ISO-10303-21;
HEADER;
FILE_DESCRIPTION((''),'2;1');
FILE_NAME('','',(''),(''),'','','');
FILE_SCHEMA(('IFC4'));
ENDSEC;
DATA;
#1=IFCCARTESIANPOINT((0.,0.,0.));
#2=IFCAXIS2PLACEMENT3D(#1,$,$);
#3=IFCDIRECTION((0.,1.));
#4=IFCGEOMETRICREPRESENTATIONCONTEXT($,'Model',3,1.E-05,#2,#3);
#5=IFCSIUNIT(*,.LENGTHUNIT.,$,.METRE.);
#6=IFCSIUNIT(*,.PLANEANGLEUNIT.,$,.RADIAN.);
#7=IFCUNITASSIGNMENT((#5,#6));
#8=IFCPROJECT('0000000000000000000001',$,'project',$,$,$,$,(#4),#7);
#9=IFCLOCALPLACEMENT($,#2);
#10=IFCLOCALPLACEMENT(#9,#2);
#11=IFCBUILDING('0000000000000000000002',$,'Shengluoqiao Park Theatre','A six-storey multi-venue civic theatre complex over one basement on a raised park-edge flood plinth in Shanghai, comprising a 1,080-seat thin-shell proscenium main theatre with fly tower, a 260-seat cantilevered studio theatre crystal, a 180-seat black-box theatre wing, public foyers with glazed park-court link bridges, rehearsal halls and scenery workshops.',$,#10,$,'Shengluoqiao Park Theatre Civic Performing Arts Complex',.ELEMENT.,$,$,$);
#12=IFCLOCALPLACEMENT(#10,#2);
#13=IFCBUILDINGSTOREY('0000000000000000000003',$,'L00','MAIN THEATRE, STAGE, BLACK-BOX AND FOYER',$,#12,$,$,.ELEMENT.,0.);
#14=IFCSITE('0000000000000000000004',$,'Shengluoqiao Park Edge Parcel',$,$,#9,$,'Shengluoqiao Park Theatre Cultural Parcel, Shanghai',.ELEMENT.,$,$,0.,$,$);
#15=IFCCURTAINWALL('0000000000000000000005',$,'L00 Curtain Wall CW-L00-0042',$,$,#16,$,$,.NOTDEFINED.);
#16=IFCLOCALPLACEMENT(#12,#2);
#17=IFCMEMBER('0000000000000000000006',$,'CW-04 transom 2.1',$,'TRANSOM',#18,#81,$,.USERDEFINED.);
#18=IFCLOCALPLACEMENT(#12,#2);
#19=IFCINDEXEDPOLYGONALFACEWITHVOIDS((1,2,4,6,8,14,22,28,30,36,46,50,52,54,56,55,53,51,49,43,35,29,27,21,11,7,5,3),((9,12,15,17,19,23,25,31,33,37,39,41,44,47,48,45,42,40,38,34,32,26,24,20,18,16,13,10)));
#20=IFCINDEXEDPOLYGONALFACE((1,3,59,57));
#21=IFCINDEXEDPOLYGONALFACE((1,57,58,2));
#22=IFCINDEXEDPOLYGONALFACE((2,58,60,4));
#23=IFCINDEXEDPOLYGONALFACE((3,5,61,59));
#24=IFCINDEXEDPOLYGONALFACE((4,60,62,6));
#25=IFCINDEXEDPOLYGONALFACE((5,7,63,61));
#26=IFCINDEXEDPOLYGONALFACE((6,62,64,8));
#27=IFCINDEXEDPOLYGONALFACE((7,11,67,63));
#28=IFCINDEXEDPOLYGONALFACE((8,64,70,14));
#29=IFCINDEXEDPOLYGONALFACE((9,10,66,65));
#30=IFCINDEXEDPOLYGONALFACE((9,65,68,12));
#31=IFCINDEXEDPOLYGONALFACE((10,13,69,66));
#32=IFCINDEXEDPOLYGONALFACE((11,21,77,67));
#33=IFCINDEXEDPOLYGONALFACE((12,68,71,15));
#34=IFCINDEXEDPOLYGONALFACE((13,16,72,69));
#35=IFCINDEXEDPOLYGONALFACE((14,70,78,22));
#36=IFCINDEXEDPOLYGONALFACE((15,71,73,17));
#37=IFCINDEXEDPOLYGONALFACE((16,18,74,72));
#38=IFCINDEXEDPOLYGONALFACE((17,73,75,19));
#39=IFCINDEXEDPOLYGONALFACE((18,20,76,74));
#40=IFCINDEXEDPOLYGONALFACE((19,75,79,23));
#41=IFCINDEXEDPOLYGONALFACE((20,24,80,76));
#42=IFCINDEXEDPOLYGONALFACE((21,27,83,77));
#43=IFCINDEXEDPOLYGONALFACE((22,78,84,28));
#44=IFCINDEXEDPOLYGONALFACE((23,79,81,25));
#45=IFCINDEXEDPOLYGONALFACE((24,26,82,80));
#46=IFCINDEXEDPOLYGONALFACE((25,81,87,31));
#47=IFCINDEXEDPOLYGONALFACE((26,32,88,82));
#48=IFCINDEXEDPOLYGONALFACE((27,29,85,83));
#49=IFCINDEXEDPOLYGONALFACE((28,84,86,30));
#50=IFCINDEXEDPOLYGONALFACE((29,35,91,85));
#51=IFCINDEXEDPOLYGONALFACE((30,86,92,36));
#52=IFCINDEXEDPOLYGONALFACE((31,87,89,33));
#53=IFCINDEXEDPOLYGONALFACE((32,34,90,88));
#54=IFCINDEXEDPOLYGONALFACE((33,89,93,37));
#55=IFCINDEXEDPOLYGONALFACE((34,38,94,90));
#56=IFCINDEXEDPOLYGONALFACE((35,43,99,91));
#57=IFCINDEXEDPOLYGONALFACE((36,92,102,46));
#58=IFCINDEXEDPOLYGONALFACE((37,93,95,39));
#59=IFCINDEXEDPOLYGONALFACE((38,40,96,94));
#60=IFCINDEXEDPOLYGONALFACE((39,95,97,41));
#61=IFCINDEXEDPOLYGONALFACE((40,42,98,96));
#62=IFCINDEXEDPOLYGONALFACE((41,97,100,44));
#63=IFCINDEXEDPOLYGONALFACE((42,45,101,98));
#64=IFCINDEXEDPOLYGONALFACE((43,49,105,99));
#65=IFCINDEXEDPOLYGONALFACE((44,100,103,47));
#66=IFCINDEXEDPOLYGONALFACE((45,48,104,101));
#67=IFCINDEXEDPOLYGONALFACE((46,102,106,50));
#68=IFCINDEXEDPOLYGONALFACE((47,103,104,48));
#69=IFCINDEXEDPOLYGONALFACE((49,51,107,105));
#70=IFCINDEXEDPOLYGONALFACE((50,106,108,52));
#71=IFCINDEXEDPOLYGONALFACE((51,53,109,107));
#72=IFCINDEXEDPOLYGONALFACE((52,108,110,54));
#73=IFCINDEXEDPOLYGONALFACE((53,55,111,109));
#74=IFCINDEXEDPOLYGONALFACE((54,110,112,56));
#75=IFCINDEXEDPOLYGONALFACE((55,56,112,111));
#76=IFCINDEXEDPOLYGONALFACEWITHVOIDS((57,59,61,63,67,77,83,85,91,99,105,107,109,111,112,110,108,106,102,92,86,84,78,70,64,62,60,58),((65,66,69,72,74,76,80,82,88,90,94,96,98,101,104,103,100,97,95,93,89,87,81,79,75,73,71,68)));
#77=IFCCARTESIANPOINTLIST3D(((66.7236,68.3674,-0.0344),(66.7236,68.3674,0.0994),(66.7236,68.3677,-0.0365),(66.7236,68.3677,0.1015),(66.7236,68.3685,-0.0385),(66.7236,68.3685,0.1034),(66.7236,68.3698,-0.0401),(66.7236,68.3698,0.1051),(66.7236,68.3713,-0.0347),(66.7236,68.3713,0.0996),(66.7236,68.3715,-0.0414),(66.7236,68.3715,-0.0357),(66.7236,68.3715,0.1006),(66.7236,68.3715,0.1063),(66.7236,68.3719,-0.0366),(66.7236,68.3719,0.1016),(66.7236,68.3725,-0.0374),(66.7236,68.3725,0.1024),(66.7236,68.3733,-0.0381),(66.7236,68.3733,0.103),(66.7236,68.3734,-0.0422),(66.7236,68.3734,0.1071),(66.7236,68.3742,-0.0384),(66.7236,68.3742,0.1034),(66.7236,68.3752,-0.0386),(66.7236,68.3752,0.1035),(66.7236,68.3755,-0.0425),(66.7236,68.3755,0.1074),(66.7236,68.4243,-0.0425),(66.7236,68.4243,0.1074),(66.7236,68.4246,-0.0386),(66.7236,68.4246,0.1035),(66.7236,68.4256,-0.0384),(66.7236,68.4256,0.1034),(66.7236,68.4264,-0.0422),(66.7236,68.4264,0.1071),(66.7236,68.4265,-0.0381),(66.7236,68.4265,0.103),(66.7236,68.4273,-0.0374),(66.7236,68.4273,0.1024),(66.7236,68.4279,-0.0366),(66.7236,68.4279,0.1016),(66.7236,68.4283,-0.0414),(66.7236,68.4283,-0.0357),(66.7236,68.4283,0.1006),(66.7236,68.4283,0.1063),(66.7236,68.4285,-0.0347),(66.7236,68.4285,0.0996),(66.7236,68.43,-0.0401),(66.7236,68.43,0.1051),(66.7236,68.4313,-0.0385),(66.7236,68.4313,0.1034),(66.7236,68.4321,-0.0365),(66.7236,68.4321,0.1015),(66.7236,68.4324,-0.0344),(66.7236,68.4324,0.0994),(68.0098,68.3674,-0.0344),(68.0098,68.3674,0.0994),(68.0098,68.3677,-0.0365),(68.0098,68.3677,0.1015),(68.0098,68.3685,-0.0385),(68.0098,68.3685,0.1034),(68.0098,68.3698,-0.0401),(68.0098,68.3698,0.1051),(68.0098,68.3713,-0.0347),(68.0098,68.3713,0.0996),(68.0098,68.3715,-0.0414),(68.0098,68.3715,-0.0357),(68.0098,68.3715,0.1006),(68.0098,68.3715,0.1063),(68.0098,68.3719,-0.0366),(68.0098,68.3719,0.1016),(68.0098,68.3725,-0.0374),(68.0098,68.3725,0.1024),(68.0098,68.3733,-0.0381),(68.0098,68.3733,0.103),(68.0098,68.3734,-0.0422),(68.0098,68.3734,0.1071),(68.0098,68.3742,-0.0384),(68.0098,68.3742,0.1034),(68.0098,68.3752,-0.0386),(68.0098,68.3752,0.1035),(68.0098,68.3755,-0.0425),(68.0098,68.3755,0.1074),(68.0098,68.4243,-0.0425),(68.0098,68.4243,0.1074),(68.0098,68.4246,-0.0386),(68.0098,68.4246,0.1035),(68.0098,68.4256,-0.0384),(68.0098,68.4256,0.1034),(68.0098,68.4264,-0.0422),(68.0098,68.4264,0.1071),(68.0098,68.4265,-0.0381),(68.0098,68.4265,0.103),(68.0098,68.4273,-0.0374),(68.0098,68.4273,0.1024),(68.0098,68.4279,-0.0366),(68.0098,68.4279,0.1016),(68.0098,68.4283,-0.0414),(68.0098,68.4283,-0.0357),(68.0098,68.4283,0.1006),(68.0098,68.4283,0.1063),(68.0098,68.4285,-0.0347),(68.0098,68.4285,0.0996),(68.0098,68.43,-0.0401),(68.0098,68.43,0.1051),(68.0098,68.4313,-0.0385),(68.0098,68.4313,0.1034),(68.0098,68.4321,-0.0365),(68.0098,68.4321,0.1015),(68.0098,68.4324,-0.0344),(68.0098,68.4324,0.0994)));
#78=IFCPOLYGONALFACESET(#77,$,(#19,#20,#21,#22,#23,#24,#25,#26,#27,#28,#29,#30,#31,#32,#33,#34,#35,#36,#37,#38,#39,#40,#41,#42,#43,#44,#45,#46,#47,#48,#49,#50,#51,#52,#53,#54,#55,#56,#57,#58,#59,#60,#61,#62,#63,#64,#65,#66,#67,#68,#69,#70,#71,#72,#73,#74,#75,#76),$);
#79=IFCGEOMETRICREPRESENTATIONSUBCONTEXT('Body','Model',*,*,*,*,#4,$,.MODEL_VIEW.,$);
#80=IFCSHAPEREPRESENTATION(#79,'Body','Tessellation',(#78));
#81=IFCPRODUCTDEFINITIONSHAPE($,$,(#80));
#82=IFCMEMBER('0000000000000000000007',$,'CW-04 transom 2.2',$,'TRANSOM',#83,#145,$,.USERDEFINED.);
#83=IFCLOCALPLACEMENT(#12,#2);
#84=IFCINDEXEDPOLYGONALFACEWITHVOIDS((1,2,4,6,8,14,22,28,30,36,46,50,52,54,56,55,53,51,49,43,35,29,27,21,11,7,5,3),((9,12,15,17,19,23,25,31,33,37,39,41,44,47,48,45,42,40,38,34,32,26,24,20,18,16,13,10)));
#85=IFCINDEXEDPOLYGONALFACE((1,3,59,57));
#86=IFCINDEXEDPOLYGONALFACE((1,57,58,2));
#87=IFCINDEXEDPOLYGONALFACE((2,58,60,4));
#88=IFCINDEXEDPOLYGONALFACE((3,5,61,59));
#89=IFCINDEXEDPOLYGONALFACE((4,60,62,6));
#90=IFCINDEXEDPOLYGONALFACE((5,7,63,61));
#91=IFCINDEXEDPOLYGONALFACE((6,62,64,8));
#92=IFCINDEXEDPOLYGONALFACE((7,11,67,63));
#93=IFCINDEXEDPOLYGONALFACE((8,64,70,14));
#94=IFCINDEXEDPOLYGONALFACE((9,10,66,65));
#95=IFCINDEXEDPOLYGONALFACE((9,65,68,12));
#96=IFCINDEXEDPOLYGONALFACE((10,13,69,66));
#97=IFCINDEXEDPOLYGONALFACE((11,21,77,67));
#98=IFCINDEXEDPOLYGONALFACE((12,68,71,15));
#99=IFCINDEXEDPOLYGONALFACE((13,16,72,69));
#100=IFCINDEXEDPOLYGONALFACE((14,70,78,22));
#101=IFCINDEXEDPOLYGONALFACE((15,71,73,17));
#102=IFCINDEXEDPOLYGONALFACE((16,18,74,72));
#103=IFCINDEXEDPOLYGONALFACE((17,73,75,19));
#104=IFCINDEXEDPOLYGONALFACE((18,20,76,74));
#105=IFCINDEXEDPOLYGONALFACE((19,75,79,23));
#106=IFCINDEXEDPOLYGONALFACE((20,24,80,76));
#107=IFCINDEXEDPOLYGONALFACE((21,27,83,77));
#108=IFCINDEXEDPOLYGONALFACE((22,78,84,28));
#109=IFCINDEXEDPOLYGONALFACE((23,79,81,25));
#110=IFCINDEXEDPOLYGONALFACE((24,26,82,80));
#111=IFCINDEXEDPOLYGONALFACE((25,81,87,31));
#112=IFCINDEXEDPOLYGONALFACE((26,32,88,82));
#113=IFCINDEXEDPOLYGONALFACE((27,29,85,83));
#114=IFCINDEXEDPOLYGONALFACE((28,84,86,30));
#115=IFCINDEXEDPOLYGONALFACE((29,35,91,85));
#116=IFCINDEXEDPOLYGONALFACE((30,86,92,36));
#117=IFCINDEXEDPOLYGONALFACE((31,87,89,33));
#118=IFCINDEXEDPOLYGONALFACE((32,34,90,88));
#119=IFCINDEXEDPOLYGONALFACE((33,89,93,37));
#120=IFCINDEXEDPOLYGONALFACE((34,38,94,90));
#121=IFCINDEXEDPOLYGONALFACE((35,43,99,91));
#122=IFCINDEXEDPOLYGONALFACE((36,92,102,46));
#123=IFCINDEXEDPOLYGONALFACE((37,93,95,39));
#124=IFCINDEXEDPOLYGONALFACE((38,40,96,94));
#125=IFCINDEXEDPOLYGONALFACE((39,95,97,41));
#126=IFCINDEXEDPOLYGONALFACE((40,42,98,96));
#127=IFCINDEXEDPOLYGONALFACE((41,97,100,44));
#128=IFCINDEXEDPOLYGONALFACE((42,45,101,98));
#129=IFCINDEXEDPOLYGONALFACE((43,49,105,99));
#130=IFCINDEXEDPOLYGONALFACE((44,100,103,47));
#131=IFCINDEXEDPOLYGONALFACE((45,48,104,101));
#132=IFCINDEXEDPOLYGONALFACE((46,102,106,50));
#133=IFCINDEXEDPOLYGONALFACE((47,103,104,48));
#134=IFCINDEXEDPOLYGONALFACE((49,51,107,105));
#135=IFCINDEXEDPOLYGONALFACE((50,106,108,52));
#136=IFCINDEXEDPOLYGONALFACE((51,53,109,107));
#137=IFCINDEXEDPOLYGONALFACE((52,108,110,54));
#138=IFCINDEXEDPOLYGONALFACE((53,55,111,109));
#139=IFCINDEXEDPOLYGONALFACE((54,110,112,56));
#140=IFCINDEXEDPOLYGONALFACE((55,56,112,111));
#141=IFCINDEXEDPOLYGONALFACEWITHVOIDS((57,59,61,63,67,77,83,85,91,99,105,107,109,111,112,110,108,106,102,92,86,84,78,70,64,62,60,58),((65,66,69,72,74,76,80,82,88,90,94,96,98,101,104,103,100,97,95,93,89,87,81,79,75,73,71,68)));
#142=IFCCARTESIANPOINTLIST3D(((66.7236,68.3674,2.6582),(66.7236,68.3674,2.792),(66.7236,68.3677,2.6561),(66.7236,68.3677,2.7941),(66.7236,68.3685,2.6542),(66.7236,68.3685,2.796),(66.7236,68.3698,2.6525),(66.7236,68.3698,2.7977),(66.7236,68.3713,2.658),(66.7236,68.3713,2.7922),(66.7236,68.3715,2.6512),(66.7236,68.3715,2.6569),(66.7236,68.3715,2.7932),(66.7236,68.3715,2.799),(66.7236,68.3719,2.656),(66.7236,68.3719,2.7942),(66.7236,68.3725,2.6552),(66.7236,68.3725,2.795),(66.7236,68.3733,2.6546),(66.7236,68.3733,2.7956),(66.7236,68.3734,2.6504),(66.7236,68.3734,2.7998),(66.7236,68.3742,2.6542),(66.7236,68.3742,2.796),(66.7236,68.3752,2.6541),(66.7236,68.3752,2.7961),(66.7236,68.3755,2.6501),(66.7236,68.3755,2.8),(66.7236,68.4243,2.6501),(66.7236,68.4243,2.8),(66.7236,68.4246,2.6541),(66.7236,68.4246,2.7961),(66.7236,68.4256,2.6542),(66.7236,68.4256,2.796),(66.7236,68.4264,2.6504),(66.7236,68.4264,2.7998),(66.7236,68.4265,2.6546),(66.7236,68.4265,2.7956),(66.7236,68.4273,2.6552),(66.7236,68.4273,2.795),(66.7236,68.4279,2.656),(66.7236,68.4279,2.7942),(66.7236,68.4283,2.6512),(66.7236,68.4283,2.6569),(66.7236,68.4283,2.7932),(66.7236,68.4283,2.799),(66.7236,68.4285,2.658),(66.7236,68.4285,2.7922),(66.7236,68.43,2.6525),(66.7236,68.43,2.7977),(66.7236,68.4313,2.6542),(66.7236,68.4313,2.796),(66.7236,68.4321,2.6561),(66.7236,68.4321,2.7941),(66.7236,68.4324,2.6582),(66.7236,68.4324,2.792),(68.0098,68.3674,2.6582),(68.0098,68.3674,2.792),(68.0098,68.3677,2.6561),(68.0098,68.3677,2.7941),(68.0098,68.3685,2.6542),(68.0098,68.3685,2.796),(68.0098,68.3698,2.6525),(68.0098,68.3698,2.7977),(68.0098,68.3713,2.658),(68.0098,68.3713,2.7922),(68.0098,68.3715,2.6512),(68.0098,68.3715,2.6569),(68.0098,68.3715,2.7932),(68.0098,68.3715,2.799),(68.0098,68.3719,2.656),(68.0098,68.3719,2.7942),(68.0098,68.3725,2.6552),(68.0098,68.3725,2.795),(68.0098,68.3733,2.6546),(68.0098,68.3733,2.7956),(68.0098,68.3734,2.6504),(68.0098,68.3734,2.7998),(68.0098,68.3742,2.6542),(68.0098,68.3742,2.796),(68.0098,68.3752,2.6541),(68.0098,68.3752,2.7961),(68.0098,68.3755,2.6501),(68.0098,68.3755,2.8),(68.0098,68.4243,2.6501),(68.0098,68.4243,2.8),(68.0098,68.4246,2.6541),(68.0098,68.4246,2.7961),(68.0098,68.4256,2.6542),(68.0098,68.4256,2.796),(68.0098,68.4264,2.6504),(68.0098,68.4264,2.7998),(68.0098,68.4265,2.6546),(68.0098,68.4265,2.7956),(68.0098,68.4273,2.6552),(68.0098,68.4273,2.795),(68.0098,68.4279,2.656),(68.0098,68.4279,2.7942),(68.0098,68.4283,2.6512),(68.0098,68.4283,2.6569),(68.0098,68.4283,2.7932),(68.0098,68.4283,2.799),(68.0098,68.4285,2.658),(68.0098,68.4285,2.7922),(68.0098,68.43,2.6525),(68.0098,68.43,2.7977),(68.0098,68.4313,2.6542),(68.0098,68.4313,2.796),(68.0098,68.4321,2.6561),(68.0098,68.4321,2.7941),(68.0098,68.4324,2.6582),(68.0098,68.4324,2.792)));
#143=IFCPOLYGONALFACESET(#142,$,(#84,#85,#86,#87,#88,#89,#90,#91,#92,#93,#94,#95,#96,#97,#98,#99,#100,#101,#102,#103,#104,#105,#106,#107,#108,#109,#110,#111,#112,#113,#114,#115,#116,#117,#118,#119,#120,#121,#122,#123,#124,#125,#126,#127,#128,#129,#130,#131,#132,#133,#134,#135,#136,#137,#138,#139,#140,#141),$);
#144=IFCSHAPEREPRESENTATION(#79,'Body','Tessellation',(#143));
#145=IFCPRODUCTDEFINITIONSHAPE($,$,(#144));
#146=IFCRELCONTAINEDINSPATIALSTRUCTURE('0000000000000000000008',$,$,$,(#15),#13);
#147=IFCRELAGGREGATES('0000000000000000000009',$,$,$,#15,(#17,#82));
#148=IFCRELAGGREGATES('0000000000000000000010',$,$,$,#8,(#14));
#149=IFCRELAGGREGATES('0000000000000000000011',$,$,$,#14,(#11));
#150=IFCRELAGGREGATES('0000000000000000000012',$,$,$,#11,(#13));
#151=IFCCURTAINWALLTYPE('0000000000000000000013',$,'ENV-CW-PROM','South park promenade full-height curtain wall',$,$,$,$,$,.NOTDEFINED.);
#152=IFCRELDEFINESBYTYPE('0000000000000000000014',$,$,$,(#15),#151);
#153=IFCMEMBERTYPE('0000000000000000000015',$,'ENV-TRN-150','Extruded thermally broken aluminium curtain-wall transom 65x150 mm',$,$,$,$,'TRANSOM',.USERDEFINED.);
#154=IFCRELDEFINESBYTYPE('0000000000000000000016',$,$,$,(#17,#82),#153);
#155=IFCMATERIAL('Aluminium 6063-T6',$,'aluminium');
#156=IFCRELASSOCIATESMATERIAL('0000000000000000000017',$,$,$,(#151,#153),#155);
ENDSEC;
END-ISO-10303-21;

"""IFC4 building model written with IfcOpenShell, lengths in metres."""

from ifc_helpers import new_model, si_unit, direction, frame, origin, origin_2d, place, context, subcontext, project, spatial, hollow_rectangle, extrude, material, material_profile, profile_set, type_object, element, aggregate, save


model = new_model("IFC4")

# Units and contexts
model_context = context("Model", 3, precision=1e-05, world=origin(), true_north=direction((0.0, 1.0)))
body_context = subcontext(model_context, "Body", "Model", "MODEL_VIEW")
ifc_project = project(units=[si_unit("LENGTHUNIT", "METRE"), si_unit("PLANEANGLEUNIT", "RADIAN")], contexts=[model_context])

# Site, building, storey
site_placement = place(None, origin())
site = spatial("IfcSite", under=ifc_project, at=site_placement, Name="Shengluoqiao Park Edge Parcel", LongName="Shengluoqiao Park Theatre Cultural Parcel, Shanghai", CompositionType="ELEMENT", RefElevation=0.0)
building_placement = place(site_placement, origin())
building = spatial("IfcBuilding", under=site, at=building_placement, Name="Shengluoqiao Park Theatre", Description="A six-storey multi-venue civic theatre complex over one basement on a raised park-edge flood plinth in Shanghai, comprising a 1,080-seat thin-shell proscenium main theatre with fly tower, a 260-seat cantilevered studio theatre crystal, a 180-seat black-box theatre wing, public foyers with glazed park-court link bridges, rehearsal halls and scenery workshops.", LongName="Shengluoqiao Park Theatre Civic Performing Arts Complex", CompositionType="ELEMENT")
storey_placement = place(building_placement, origin())
storey = spatial("IfcBuildingStorey", under=building, at=storey_placement, Name="L00", Description="MAIN THEATRE, STAGE, BLACK-BOX AND FOYER", CompositionType="ELEMENT", Elevation=0.0)

# Curtain wall
ifc_material_1 = material(Name="Aluminium 6063-T6", Category="aluminium")
curtain_wall_type = type_object("IfcCurtainWallType", Name="ENV-CW-PROM", Description="South park promenade full-height curtain wall", PredefinedType="NOTDEFINED", material=ifc_material_1)
curtain_wall_1_placement = place(storey_placement, origin())
curtain_wall_1 = element("IfcCurtainWall", 1, at=curtain_wall_1_placement, inside=storey, type_object=curtain_wall_type, Name="L00 Curtain Wall CW-L00-0042", PredefinedType="NOTDEFINED")

# Members
ifc_material_profile_1 = material_profile(ifc_material_1, hollow_rectangle(XDim=0.0649, YDim=0.1499, WallThickness=0.0039, InnerFilletRadius=0.0039, OuterFilletRadius=0.0081, at=origin_2d()), Name="ALU TRANSOM 150x65x4")
ifc_profile_set_1 = profile_set([ifc_material_profile_1], Name="Aluminium 6063-T6")
member_type_1 = type_object("IfcMemberType", Name="ENV-TRN-150", Description="Extruded thermally broken aluminium curtain-wall transom 65x150 mm", ElementType="TRANSOM", PredefinedType="USERDEFINED", material=ifc_profile_set_1)
member_1_placement = place(storey_placement, frame((66.7236, 68.3999, 0.0325), z_axis=(1.0, 0.0, 0.0), x_axis=(0.0, 1.0, 0.0)))
member_1 = element("IfcMember", 2, at=member_1_placement, type_object=member_type_1, Name="CW-04 transom 2.1", ObjectType="TRANSOM", PredefinedType="USERDEFINED", context=body_context, shape_type="SweptSolid", body=[
    extrude(hollow_rectangle(XDim=0.0649, YDim=0.1499, WallThickness=0.0039, InnerFilletRadius=0.0039, OuterFilletRadius=0.0081, at=origin_2d()), origin(), (0.0, 0.0, 1.0), 1.2861),
])
member_2_placement = place(storey_placement, frame((66.7236, 68.3999, 2.7251), z_axis=(1.0, 0.0, 0.0), x_axis=(0.0, 1.0, 0.0)))
member_2 = element("IfcMember", 3, at=member_2_placement, type_object=member_type_1, Name="CW-04 transom 2.2", ObjectType="TRANSOM", PredefinedType="USERDEFINED", context=body_context, shape_type="SweptSolid", body=[
    extrude(hollow_rectangle(XDim=0.0649, YDim=0.1499, WallThickness=0.0039, InnerFilletRadius=0.0039, OuterFilletRadius=0.0081, at=origin_2d()), origin(), (0.0, 0.0, 1.0), 1.2861),
])

aggregate(curtain_wall_1, [member_1, member_2])

save(model, "model.ifc")
